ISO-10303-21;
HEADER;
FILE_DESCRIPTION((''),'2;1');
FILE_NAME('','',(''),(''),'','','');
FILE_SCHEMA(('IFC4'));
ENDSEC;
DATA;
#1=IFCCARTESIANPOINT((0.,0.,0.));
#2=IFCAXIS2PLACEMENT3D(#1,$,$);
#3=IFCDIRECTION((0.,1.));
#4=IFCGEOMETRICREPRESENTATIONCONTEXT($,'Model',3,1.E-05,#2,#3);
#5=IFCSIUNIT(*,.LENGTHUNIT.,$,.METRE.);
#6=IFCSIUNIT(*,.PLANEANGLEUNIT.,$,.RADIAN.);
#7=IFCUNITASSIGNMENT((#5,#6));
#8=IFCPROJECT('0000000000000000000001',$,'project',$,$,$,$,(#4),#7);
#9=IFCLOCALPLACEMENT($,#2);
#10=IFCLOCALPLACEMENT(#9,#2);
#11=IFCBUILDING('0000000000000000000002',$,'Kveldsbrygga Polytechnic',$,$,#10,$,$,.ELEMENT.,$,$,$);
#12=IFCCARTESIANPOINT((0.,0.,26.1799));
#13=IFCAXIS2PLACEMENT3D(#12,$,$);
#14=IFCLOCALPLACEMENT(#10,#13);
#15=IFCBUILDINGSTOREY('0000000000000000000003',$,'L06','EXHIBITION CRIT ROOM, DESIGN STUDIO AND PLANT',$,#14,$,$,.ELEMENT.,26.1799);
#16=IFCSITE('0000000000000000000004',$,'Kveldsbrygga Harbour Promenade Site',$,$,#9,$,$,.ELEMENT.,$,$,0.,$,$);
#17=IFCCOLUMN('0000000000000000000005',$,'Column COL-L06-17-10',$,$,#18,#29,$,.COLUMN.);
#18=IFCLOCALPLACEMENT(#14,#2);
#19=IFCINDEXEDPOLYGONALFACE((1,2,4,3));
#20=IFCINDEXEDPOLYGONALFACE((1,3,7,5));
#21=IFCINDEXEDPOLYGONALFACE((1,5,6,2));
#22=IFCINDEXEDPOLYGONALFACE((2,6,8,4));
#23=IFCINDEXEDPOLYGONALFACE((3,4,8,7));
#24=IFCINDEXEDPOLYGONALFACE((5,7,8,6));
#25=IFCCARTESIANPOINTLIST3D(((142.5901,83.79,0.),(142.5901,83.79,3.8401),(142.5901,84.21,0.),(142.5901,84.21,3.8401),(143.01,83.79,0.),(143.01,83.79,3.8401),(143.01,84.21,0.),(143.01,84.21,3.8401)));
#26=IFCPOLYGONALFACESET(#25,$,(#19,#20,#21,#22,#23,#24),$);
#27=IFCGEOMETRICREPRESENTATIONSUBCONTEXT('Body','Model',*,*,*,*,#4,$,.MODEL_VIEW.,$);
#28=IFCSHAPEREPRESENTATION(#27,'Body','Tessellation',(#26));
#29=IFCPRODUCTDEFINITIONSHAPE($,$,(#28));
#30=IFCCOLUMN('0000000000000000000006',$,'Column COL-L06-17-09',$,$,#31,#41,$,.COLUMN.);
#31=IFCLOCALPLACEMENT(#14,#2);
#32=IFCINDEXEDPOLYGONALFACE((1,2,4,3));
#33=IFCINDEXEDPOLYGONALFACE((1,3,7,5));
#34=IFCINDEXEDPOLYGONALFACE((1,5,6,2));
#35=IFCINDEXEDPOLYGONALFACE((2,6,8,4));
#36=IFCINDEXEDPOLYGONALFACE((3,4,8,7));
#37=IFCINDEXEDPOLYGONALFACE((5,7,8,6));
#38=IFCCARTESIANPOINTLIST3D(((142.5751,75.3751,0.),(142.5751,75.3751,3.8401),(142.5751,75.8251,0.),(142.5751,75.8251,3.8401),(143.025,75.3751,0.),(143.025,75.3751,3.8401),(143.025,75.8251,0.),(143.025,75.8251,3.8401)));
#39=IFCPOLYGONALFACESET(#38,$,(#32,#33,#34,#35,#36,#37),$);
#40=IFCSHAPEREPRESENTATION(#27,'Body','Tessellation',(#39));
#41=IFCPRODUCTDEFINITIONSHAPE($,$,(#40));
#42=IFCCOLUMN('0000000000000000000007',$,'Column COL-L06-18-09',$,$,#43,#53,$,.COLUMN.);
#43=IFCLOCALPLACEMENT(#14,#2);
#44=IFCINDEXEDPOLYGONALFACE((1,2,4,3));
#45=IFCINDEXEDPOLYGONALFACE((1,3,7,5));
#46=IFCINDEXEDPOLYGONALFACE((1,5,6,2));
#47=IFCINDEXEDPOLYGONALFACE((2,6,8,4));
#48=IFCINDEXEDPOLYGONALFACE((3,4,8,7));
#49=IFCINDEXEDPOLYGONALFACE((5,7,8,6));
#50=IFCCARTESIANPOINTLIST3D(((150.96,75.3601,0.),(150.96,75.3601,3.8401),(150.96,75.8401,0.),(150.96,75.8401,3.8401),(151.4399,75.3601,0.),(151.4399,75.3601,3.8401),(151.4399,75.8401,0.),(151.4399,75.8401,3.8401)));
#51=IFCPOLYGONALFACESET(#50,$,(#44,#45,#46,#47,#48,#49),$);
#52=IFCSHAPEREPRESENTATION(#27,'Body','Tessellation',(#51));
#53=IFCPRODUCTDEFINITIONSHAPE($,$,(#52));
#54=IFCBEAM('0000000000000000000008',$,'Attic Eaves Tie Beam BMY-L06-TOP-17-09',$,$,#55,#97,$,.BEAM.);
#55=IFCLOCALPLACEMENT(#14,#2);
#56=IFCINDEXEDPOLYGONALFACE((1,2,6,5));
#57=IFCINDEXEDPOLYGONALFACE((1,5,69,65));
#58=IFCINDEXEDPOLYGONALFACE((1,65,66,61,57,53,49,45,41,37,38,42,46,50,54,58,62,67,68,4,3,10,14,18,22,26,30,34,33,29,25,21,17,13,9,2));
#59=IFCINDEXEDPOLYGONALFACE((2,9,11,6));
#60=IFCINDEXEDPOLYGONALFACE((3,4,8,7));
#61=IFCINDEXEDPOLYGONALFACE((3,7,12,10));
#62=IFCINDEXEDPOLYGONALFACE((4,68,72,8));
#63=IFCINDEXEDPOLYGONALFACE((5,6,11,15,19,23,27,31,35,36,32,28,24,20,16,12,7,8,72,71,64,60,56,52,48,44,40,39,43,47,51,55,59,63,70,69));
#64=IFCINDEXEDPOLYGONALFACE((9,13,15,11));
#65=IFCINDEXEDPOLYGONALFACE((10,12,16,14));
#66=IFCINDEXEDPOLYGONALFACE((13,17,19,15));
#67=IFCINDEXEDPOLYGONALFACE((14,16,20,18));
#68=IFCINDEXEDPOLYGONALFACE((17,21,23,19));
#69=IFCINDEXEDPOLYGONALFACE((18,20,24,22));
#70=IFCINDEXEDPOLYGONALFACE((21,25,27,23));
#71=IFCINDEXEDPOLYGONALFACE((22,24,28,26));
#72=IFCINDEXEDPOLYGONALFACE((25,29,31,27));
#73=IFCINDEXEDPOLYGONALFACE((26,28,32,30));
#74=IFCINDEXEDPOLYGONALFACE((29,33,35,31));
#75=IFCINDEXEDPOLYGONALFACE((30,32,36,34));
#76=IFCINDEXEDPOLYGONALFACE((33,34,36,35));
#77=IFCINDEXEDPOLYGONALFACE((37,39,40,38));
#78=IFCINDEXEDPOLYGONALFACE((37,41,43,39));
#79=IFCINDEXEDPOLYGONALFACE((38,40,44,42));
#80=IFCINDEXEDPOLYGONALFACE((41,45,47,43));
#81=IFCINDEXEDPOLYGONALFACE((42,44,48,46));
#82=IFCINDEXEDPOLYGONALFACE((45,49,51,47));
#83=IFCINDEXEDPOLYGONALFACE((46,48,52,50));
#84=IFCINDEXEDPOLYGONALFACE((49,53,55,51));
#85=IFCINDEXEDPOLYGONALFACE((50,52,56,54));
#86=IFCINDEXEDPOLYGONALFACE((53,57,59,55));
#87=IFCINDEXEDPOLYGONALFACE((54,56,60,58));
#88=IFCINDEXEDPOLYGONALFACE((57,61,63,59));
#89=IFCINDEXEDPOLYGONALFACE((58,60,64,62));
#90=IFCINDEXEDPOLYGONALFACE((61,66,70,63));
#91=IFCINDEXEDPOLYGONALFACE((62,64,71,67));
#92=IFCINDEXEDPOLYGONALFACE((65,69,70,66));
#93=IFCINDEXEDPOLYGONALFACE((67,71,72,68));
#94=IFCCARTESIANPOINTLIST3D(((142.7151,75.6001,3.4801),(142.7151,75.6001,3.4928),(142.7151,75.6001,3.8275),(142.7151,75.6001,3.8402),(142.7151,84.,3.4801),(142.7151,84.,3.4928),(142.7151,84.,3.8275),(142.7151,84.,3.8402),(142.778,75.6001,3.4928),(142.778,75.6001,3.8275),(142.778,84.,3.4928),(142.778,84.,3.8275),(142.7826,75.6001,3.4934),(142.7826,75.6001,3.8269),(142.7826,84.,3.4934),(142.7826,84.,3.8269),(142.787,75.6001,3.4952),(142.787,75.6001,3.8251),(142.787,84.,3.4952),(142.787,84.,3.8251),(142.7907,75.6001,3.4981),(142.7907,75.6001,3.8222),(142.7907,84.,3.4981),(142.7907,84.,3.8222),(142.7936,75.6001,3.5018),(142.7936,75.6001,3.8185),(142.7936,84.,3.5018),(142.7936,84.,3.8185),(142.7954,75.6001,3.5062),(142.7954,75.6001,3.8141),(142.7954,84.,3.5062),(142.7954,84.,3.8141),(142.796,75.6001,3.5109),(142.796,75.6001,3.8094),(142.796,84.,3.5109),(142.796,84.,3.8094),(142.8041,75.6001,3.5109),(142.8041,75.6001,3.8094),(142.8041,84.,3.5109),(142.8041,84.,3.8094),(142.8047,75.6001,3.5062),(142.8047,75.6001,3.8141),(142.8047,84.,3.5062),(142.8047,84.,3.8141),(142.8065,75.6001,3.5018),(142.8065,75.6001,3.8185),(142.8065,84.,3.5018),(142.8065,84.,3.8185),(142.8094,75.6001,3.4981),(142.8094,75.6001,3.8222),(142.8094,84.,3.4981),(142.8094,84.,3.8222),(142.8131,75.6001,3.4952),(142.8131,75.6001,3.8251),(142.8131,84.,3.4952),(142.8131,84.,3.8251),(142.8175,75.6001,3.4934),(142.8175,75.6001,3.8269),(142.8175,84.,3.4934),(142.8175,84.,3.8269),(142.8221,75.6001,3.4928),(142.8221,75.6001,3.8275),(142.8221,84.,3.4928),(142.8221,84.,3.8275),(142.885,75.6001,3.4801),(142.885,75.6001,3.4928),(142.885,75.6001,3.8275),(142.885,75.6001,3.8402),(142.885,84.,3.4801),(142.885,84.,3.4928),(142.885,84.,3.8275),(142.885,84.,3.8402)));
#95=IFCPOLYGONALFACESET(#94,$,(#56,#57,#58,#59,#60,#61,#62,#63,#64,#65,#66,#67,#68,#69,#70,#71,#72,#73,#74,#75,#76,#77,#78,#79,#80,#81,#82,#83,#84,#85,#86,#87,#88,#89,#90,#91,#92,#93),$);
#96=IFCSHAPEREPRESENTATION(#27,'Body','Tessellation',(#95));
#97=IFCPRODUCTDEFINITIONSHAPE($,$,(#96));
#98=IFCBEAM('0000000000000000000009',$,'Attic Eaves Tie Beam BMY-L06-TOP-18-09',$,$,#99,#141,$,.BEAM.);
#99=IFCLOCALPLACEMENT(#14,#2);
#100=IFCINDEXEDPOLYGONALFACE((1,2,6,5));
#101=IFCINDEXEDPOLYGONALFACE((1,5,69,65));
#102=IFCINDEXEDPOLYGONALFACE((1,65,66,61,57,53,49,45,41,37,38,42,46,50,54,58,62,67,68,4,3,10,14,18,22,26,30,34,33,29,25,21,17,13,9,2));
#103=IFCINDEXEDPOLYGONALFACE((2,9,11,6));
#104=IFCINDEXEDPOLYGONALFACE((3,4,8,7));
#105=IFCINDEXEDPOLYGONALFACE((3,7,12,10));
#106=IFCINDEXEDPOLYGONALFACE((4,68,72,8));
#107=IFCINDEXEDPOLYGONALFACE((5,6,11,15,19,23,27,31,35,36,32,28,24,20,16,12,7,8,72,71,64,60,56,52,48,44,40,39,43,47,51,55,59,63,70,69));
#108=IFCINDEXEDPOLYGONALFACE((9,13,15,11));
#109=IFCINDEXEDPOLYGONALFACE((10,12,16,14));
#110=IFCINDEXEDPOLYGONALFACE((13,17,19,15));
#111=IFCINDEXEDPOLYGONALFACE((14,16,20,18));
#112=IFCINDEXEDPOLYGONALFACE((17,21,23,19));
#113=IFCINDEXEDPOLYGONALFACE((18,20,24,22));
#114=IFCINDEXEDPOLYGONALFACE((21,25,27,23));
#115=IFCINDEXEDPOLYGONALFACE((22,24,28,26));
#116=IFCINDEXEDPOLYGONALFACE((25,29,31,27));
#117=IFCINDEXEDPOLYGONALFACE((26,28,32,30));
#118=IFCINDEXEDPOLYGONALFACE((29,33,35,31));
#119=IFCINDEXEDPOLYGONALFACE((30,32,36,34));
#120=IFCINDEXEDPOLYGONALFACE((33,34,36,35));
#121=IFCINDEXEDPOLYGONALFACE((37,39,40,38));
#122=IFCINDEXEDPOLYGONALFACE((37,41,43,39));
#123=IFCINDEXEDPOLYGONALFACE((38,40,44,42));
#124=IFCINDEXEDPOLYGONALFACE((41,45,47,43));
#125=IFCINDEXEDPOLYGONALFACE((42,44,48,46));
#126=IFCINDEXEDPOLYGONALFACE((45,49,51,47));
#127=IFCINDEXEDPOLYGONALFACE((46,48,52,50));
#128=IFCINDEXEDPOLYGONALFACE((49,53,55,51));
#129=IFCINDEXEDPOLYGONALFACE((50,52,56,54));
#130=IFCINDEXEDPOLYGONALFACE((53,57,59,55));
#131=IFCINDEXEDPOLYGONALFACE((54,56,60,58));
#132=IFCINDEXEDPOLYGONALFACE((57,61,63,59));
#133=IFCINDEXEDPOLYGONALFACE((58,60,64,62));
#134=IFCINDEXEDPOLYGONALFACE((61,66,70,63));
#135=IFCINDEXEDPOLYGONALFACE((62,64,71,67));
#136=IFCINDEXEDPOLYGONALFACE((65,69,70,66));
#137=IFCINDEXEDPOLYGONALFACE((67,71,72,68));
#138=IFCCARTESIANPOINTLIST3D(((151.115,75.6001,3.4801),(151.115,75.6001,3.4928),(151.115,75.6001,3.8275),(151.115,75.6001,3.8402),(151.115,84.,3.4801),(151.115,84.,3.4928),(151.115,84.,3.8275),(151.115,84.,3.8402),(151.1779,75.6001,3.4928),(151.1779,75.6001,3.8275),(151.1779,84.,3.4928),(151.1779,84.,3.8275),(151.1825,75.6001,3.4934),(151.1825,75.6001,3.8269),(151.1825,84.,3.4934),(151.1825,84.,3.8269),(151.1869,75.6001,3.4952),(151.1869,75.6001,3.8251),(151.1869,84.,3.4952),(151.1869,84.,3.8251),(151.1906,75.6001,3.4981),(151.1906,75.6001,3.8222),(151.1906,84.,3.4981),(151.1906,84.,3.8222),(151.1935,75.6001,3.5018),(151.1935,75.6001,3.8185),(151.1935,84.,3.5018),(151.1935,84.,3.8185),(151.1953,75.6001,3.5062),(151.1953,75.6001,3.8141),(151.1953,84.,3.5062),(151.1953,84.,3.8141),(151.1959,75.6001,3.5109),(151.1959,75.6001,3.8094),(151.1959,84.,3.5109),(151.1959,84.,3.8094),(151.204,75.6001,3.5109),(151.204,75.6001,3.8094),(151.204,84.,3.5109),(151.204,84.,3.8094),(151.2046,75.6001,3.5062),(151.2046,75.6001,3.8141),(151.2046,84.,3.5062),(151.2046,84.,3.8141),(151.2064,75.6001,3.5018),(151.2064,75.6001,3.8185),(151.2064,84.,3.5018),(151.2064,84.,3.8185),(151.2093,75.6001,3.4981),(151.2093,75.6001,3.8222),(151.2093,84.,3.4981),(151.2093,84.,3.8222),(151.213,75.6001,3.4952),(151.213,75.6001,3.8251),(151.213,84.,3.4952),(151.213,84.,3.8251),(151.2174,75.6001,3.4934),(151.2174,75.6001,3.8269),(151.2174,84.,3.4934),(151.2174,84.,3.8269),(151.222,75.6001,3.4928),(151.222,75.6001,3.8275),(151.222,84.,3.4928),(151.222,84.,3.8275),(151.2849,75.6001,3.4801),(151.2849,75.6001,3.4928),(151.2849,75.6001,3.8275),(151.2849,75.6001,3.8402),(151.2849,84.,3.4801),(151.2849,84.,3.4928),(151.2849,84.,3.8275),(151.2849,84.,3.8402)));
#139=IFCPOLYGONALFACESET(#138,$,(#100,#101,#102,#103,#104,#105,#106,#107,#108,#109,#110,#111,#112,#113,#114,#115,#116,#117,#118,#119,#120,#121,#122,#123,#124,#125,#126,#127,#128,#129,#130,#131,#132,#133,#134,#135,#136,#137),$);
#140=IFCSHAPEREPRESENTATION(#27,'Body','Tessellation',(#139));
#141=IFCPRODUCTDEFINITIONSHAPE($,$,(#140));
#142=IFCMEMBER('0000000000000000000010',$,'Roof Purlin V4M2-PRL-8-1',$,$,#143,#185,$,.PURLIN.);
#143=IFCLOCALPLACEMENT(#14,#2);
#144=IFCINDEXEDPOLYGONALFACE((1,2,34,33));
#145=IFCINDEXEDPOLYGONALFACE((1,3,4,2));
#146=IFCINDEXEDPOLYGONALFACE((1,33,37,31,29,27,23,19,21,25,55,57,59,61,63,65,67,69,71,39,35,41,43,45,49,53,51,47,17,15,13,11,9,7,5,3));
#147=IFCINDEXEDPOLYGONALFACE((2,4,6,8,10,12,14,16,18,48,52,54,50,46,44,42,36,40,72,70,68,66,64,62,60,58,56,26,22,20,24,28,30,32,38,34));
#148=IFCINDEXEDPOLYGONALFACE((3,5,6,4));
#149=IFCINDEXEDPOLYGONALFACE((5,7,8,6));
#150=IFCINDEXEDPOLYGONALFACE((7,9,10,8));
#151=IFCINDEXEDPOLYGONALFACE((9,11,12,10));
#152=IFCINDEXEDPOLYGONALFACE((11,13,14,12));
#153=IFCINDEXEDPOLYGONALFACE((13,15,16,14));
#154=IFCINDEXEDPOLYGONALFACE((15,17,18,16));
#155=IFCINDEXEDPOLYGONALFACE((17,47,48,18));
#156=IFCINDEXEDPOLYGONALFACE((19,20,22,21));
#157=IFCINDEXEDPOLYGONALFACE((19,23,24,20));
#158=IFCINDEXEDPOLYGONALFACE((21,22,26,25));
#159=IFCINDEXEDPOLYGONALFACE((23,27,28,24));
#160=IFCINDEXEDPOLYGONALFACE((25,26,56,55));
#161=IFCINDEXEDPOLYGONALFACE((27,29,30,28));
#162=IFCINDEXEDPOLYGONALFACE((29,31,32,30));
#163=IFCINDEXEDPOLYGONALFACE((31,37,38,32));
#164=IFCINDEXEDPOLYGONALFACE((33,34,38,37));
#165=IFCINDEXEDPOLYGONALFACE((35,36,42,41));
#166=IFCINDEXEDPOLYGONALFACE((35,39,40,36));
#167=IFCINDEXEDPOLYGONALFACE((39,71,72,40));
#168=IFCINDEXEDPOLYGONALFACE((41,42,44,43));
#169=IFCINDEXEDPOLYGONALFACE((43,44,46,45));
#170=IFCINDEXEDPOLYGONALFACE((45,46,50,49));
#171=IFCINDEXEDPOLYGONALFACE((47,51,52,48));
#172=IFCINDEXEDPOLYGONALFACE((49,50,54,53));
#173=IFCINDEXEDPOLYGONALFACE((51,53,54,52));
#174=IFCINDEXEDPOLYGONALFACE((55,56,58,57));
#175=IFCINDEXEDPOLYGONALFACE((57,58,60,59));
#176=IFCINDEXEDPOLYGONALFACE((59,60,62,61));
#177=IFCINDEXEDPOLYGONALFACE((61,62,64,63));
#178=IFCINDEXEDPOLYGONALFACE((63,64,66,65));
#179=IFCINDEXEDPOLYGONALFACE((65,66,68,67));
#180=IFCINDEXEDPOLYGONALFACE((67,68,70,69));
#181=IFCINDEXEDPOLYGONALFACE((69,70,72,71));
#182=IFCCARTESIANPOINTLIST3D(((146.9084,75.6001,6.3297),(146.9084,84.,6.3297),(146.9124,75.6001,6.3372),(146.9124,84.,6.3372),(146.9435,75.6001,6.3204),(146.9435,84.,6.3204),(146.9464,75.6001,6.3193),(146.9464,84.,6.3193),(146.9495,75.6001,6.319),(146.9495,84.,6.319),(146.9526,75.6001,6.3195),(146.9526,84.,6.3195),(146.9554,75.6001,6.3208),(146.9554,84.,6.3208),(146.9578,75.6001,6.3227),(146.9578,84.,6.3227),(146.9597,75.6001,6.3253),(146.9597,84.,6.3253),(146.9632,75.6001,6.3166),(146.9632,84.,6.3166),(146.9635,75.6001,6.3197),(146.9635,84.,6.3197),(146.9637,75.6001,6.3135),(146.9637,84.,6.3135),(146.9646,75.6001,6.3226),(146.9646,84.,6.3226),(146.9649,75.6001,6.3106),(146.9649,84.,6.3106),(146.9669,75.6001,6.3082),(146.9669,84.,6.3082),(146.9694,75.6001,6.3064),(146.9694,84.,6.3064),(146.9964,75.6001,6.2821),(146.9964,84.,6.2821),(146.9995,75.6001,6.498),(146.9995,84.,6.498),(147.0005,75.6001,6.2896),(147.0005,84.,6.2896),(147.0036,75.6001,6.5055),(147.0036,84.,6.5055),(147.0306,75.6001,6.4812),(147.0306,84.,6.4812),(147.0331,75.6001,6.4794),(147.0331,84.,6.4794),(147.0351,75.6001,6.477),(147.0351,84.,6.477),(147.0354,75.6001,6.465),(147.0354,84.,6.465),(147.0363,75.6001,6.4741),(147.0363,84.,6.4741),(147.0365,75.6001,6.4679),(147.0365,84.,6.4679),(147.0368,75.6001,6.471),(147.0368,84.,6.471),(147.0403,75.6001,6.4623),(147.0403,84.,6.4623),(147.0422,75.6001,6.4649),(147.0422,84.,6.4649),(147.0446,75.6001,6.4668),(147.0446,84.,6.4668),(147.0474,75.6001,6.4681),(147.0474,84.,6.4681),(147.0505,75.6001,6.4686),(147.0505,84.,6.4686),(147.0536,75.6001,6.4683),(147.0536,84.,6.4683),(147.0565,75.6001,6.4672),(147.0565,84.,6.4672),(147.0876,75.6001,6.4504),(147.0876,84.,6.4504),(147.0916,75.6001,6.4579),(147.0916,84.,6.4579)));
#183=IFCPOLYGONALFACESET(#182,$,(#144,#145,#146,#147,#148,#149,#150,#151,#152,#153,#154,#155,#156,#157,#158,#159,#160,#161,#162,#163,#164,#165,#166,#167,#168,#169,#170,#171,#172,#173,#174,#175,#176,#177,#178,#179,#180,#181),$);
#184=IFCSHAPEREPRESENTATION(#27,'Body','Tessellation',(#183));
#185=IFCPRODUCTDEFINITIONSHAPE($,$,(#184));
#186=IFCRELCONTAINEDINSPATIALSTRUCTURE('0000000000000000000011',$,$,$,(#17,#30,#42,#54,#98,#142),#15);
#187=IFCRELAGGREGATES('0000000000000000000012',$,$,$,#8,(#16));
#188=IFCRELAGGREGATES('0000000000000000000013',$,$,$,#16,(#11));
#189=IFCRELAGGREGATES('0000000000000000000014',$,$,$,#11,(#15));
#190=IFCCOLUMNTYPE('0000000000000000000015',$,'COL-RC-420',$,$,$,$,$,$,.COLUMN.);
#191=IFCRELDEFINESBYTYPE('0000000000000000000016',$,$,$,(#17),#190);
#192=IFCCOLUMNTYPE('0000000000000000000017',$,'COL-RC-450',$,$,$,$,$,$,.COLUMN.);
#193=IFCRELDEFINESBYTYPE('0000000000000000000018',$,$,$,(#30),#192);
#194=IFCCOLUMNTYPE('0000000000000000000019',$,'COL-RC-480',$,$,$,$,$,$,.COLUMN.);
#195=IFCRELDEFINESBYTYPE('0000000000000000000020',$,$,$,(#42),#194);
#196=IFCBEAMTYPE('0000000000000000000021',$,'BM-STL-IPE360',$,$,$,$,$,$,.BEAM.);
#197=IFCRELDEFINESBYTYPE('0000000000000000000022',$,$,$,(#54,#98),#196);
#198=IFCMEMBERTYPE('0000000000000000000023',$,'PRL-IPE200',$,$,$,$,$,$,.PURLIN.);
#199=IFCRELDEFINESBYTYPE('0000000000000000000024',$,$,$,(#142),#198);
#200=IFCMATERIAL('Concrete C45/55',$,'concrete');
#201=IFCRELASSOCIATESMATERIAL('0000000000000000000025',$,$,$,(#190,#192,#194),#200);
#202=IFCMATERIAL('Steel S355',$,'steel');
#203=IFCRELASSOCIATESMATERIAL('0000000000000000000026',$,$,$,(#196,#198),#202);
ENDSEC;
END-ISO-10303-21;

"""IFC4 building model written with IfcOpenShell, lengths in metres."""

from ifc_helpers import new_model, si_unit, direction, frame, origin, origin_2d, place, context, subcontext, project, spatial, rectangle, i_section, extrude, material, material_profile, profile_set, type_object, element, save


model = new_model("IFC4")

# Units and contexts
model_context = context("Model", 3, precision=1e-05, world=origin(), true_north=direction((0.0, 1.0)))
body_context = subcontext(model_context, "Body", "Model", "MODEL_VIEW")
ifc_project = project(units=[si_unit("LENGTHUNIT", "METRE"), si_unit("PLANEANGLEUNIT", "RADIAN")], contexts=[model_context])

# Site, building, storey
site_placement = place(None, origin())
site = spatial("IfcSite", under=ifc_project, at=site_placement, Name="Kveldsbrygga Harbour Promenade Site", CompositionType="ELEMENT", RefElevation=0.0)
building_placement = place(site_placement, origin())
building = spatial("IfcBuilding", under=site, at=building_placement, Name="Kveldsbrygga Polytechnic", CompositionType="ELEMENT")
storey_placement = place(building_placement, frame((0.0, 0.0, 26.1799)))
storey = spatial("IfcBuildingStorey", under=building, at=storey_placement, Name="L06", Description="EXHIBITION CRIT ROOM, DESIGN STUDIO AND PLANT", CompositionType="ELEMENT", Elevation=26.1799)

# Columns
ifc_material_1 = material(Name="Concrete C45/55", Category="concrete")
ifc_material_profile_1 = material_profile(ifc_material_1, rectangle(XDim=0.4199, YDim=0.4199, at=origin_2d()), Name="RC 420x420")
ifc_profile_set_1 = profile_set([ifc_material_profile_1], Name="Concrete C45/55")
column_type_1 = type_object("IfcColumnType", Name="COL-RC-420", PredefinedType="COLUMN", material=ifc_profile_set_1)
column_1_placement = place(storey_placement, frame((142.8, 84.0, 0.0), z_axis=(0.0, 0.0, 1.0), x_axis=(1.0, 0.0, 0.0)))
element("IfcColumn", 1, at=column_1_placement, inside=storey, type_object=column_type_1, Name="Column COL-L06-17-10", PredefinedType="COLUMN", context=body_context, shape_type="SweptSolid", body=[
    extrude(rectangle(XDim=0.4199, YDim=0.4199, at=origin_2d()), origin(), (0.0, 0.0, 1.0), 3.8401),
])
ifc_material_profile_2 = material_profile(ifc_material_1, rectangle(XDim=0.45, YDim=0.45, at=origin_2d()), Name="RC 450x450")
ifc_profile_set_2 = profile_set([ifc_material_profile_2], Name="Concrete C45/55")
column_type_2 = type_object("IfcColumnType", Name="COL-RC-450", PredefinedType="COLUMN", material=ifc_profile_set_2)
column_2_placement = place(storey_placement, frame((142.8, 75.6001, 0.0), z_axis=(0.0, 0.0, 1.0), x_axis=(1.0, 0.0, 0.0)))
element("IfcColumn", 2, at=column_2_placement, inside=storey, type_object=column_type_2, Name="Column COL-L06-17-09", PredefinedType="COLUMN", context=body_context, shape_type="SweptSolid", body=[
    extrude(rectangle(XDim=0.45, YDim=0.45, at=origin_2d()), origin(), (0.0, 0.0, 1.0), 3.8401),
])
ifc_material_profile_3 = material_profile(ifc_material_1, rectangle(XDim=0.48, YDim=0.48, at=origin_2d()), Name="RC 480x480")
ifc_profile_set_3 = profile_set([ifc_material_profile_3], Name="Concrete C45/55")
column_type_3 = type_object("IfcColumnType", Name="COL-RC-480", PredefinedType="COLUMN", material=ifc_profile_set_3)
column_3_placement = place(storey_placement, frame((151.2, 75.6001, 0.0), z_axis=(0.0, 0.0, 1.0), x_axis=(1.0, 0.0, 0.0)))
element("IfcColumn", 3, at=column_3_placement, inside=storey, type_object=column_type_3, Name="Column COL-L06-18-09", PredefinedType="COLUMN", context=body_context, shape_type="SweptSolid", body=[
    extrude(rectangle(XDim=0.48, YDim=0.48, at=origin_2d()), origin(), (0.0, 0.0, 1.0), 3.8401),
])

# Beams
ifc_material_2 = material(Name="Steel S355", Category="steel")
ifc_material_profile_4 = material_profile(ifc_material_2, i_section(OverallWidth=0.1699, OverallDepth=0.3601, WebThickness=0.0081, FlangeThickness=0.0127, FilletRadius=0.0181, at=origin_2d()), Name="IPE 360")
ifc_profile_set_4 = profile_set([ifc_material_profile_4], Name="Steel S355")
beam_type = type_object("IfcBeamType", Name="BM-STL-IPE360", PredefinedType="BEAM", material=ifc_profile_set_4)
for number, where, z_axis, x_axis, name in (
    (4, (142.8, 75.6001, 3.6602), (0.0, 1.0, 0.0), (-1.0, 0.0, 0.0), "Attic Eaves Tie Beam BMY-L06-TOP-17-09"),
    (5, (151.2, 75.6001, 3.6602), (0.0, 1.0, 0.0), (-1.0, 0.0, 0.0), "Attic Eaves Tie Beam BMY-L06-TOP-18-09"),
):
    element("IfcBeam", number, at=place(storey_placement, frame(where, z_axis=z_axis, x_axis=x_axis)), inside=storey, type_object=beam_type, Name=name, PredefinedType="BEAM", context=body_context, shape_type="SweptSolid", body=[
        extrude(i_section(OverallWidth=0.1699, OverallDepth=0.3601, WebThickness=0.0081, FlangeThickness=0.0127, FilletRadius=0.0181, at=origin_2d()), origin(), (0.0, 0.0, 1.0), 8.3999),
    ])

# Member
ifc_material_profile_5 = material_profile(ifc_material_2, i_section(OverallWidth=0.1001, OverallDepth=0.2, WebThickness=0.0056, FlangeThickness=0.0085, FilletRadius=0.012, at=origin_2d()), Name="IPE 200")
ifc_profile_set_5 = profile_set([ifc_material_profile_5], Name="Steel S355")
member_type_1 = type_object("IfcMemberType", Name="PRL-IPE200", PredefinedType="PURLIN", material=ifc_profile_set_5)
for number, where, z_axis, x_axis, name in (
    (6, (147.0, 75.6001, 6.3938), (0.0, 1.0, 0.0), (-0.879292, 0.0, 0.476283), "Roof Purlin V4M2-PRL-8-1"),
):
    element("IfcMember", number, at=place(storey_placement, frame(where, z_axis=z_axis, x_axis=x_axis)), inside=storey, type_object=member_type_1, Name=name, PredefinedType="PURLIN", context=body_context, shape_type="SweptSolid", body=[
        extrude(i_section(OverallWidth=0.1001, OverallDepth=0.2, WebThickness=0.0056, FlangeThickness=0.0085, FilletRadius=0.012, at=origin_2d()), origin(), (0.0, 0.0, 1.0), 8.3999),
    ])

save(model, "model.ifc")
